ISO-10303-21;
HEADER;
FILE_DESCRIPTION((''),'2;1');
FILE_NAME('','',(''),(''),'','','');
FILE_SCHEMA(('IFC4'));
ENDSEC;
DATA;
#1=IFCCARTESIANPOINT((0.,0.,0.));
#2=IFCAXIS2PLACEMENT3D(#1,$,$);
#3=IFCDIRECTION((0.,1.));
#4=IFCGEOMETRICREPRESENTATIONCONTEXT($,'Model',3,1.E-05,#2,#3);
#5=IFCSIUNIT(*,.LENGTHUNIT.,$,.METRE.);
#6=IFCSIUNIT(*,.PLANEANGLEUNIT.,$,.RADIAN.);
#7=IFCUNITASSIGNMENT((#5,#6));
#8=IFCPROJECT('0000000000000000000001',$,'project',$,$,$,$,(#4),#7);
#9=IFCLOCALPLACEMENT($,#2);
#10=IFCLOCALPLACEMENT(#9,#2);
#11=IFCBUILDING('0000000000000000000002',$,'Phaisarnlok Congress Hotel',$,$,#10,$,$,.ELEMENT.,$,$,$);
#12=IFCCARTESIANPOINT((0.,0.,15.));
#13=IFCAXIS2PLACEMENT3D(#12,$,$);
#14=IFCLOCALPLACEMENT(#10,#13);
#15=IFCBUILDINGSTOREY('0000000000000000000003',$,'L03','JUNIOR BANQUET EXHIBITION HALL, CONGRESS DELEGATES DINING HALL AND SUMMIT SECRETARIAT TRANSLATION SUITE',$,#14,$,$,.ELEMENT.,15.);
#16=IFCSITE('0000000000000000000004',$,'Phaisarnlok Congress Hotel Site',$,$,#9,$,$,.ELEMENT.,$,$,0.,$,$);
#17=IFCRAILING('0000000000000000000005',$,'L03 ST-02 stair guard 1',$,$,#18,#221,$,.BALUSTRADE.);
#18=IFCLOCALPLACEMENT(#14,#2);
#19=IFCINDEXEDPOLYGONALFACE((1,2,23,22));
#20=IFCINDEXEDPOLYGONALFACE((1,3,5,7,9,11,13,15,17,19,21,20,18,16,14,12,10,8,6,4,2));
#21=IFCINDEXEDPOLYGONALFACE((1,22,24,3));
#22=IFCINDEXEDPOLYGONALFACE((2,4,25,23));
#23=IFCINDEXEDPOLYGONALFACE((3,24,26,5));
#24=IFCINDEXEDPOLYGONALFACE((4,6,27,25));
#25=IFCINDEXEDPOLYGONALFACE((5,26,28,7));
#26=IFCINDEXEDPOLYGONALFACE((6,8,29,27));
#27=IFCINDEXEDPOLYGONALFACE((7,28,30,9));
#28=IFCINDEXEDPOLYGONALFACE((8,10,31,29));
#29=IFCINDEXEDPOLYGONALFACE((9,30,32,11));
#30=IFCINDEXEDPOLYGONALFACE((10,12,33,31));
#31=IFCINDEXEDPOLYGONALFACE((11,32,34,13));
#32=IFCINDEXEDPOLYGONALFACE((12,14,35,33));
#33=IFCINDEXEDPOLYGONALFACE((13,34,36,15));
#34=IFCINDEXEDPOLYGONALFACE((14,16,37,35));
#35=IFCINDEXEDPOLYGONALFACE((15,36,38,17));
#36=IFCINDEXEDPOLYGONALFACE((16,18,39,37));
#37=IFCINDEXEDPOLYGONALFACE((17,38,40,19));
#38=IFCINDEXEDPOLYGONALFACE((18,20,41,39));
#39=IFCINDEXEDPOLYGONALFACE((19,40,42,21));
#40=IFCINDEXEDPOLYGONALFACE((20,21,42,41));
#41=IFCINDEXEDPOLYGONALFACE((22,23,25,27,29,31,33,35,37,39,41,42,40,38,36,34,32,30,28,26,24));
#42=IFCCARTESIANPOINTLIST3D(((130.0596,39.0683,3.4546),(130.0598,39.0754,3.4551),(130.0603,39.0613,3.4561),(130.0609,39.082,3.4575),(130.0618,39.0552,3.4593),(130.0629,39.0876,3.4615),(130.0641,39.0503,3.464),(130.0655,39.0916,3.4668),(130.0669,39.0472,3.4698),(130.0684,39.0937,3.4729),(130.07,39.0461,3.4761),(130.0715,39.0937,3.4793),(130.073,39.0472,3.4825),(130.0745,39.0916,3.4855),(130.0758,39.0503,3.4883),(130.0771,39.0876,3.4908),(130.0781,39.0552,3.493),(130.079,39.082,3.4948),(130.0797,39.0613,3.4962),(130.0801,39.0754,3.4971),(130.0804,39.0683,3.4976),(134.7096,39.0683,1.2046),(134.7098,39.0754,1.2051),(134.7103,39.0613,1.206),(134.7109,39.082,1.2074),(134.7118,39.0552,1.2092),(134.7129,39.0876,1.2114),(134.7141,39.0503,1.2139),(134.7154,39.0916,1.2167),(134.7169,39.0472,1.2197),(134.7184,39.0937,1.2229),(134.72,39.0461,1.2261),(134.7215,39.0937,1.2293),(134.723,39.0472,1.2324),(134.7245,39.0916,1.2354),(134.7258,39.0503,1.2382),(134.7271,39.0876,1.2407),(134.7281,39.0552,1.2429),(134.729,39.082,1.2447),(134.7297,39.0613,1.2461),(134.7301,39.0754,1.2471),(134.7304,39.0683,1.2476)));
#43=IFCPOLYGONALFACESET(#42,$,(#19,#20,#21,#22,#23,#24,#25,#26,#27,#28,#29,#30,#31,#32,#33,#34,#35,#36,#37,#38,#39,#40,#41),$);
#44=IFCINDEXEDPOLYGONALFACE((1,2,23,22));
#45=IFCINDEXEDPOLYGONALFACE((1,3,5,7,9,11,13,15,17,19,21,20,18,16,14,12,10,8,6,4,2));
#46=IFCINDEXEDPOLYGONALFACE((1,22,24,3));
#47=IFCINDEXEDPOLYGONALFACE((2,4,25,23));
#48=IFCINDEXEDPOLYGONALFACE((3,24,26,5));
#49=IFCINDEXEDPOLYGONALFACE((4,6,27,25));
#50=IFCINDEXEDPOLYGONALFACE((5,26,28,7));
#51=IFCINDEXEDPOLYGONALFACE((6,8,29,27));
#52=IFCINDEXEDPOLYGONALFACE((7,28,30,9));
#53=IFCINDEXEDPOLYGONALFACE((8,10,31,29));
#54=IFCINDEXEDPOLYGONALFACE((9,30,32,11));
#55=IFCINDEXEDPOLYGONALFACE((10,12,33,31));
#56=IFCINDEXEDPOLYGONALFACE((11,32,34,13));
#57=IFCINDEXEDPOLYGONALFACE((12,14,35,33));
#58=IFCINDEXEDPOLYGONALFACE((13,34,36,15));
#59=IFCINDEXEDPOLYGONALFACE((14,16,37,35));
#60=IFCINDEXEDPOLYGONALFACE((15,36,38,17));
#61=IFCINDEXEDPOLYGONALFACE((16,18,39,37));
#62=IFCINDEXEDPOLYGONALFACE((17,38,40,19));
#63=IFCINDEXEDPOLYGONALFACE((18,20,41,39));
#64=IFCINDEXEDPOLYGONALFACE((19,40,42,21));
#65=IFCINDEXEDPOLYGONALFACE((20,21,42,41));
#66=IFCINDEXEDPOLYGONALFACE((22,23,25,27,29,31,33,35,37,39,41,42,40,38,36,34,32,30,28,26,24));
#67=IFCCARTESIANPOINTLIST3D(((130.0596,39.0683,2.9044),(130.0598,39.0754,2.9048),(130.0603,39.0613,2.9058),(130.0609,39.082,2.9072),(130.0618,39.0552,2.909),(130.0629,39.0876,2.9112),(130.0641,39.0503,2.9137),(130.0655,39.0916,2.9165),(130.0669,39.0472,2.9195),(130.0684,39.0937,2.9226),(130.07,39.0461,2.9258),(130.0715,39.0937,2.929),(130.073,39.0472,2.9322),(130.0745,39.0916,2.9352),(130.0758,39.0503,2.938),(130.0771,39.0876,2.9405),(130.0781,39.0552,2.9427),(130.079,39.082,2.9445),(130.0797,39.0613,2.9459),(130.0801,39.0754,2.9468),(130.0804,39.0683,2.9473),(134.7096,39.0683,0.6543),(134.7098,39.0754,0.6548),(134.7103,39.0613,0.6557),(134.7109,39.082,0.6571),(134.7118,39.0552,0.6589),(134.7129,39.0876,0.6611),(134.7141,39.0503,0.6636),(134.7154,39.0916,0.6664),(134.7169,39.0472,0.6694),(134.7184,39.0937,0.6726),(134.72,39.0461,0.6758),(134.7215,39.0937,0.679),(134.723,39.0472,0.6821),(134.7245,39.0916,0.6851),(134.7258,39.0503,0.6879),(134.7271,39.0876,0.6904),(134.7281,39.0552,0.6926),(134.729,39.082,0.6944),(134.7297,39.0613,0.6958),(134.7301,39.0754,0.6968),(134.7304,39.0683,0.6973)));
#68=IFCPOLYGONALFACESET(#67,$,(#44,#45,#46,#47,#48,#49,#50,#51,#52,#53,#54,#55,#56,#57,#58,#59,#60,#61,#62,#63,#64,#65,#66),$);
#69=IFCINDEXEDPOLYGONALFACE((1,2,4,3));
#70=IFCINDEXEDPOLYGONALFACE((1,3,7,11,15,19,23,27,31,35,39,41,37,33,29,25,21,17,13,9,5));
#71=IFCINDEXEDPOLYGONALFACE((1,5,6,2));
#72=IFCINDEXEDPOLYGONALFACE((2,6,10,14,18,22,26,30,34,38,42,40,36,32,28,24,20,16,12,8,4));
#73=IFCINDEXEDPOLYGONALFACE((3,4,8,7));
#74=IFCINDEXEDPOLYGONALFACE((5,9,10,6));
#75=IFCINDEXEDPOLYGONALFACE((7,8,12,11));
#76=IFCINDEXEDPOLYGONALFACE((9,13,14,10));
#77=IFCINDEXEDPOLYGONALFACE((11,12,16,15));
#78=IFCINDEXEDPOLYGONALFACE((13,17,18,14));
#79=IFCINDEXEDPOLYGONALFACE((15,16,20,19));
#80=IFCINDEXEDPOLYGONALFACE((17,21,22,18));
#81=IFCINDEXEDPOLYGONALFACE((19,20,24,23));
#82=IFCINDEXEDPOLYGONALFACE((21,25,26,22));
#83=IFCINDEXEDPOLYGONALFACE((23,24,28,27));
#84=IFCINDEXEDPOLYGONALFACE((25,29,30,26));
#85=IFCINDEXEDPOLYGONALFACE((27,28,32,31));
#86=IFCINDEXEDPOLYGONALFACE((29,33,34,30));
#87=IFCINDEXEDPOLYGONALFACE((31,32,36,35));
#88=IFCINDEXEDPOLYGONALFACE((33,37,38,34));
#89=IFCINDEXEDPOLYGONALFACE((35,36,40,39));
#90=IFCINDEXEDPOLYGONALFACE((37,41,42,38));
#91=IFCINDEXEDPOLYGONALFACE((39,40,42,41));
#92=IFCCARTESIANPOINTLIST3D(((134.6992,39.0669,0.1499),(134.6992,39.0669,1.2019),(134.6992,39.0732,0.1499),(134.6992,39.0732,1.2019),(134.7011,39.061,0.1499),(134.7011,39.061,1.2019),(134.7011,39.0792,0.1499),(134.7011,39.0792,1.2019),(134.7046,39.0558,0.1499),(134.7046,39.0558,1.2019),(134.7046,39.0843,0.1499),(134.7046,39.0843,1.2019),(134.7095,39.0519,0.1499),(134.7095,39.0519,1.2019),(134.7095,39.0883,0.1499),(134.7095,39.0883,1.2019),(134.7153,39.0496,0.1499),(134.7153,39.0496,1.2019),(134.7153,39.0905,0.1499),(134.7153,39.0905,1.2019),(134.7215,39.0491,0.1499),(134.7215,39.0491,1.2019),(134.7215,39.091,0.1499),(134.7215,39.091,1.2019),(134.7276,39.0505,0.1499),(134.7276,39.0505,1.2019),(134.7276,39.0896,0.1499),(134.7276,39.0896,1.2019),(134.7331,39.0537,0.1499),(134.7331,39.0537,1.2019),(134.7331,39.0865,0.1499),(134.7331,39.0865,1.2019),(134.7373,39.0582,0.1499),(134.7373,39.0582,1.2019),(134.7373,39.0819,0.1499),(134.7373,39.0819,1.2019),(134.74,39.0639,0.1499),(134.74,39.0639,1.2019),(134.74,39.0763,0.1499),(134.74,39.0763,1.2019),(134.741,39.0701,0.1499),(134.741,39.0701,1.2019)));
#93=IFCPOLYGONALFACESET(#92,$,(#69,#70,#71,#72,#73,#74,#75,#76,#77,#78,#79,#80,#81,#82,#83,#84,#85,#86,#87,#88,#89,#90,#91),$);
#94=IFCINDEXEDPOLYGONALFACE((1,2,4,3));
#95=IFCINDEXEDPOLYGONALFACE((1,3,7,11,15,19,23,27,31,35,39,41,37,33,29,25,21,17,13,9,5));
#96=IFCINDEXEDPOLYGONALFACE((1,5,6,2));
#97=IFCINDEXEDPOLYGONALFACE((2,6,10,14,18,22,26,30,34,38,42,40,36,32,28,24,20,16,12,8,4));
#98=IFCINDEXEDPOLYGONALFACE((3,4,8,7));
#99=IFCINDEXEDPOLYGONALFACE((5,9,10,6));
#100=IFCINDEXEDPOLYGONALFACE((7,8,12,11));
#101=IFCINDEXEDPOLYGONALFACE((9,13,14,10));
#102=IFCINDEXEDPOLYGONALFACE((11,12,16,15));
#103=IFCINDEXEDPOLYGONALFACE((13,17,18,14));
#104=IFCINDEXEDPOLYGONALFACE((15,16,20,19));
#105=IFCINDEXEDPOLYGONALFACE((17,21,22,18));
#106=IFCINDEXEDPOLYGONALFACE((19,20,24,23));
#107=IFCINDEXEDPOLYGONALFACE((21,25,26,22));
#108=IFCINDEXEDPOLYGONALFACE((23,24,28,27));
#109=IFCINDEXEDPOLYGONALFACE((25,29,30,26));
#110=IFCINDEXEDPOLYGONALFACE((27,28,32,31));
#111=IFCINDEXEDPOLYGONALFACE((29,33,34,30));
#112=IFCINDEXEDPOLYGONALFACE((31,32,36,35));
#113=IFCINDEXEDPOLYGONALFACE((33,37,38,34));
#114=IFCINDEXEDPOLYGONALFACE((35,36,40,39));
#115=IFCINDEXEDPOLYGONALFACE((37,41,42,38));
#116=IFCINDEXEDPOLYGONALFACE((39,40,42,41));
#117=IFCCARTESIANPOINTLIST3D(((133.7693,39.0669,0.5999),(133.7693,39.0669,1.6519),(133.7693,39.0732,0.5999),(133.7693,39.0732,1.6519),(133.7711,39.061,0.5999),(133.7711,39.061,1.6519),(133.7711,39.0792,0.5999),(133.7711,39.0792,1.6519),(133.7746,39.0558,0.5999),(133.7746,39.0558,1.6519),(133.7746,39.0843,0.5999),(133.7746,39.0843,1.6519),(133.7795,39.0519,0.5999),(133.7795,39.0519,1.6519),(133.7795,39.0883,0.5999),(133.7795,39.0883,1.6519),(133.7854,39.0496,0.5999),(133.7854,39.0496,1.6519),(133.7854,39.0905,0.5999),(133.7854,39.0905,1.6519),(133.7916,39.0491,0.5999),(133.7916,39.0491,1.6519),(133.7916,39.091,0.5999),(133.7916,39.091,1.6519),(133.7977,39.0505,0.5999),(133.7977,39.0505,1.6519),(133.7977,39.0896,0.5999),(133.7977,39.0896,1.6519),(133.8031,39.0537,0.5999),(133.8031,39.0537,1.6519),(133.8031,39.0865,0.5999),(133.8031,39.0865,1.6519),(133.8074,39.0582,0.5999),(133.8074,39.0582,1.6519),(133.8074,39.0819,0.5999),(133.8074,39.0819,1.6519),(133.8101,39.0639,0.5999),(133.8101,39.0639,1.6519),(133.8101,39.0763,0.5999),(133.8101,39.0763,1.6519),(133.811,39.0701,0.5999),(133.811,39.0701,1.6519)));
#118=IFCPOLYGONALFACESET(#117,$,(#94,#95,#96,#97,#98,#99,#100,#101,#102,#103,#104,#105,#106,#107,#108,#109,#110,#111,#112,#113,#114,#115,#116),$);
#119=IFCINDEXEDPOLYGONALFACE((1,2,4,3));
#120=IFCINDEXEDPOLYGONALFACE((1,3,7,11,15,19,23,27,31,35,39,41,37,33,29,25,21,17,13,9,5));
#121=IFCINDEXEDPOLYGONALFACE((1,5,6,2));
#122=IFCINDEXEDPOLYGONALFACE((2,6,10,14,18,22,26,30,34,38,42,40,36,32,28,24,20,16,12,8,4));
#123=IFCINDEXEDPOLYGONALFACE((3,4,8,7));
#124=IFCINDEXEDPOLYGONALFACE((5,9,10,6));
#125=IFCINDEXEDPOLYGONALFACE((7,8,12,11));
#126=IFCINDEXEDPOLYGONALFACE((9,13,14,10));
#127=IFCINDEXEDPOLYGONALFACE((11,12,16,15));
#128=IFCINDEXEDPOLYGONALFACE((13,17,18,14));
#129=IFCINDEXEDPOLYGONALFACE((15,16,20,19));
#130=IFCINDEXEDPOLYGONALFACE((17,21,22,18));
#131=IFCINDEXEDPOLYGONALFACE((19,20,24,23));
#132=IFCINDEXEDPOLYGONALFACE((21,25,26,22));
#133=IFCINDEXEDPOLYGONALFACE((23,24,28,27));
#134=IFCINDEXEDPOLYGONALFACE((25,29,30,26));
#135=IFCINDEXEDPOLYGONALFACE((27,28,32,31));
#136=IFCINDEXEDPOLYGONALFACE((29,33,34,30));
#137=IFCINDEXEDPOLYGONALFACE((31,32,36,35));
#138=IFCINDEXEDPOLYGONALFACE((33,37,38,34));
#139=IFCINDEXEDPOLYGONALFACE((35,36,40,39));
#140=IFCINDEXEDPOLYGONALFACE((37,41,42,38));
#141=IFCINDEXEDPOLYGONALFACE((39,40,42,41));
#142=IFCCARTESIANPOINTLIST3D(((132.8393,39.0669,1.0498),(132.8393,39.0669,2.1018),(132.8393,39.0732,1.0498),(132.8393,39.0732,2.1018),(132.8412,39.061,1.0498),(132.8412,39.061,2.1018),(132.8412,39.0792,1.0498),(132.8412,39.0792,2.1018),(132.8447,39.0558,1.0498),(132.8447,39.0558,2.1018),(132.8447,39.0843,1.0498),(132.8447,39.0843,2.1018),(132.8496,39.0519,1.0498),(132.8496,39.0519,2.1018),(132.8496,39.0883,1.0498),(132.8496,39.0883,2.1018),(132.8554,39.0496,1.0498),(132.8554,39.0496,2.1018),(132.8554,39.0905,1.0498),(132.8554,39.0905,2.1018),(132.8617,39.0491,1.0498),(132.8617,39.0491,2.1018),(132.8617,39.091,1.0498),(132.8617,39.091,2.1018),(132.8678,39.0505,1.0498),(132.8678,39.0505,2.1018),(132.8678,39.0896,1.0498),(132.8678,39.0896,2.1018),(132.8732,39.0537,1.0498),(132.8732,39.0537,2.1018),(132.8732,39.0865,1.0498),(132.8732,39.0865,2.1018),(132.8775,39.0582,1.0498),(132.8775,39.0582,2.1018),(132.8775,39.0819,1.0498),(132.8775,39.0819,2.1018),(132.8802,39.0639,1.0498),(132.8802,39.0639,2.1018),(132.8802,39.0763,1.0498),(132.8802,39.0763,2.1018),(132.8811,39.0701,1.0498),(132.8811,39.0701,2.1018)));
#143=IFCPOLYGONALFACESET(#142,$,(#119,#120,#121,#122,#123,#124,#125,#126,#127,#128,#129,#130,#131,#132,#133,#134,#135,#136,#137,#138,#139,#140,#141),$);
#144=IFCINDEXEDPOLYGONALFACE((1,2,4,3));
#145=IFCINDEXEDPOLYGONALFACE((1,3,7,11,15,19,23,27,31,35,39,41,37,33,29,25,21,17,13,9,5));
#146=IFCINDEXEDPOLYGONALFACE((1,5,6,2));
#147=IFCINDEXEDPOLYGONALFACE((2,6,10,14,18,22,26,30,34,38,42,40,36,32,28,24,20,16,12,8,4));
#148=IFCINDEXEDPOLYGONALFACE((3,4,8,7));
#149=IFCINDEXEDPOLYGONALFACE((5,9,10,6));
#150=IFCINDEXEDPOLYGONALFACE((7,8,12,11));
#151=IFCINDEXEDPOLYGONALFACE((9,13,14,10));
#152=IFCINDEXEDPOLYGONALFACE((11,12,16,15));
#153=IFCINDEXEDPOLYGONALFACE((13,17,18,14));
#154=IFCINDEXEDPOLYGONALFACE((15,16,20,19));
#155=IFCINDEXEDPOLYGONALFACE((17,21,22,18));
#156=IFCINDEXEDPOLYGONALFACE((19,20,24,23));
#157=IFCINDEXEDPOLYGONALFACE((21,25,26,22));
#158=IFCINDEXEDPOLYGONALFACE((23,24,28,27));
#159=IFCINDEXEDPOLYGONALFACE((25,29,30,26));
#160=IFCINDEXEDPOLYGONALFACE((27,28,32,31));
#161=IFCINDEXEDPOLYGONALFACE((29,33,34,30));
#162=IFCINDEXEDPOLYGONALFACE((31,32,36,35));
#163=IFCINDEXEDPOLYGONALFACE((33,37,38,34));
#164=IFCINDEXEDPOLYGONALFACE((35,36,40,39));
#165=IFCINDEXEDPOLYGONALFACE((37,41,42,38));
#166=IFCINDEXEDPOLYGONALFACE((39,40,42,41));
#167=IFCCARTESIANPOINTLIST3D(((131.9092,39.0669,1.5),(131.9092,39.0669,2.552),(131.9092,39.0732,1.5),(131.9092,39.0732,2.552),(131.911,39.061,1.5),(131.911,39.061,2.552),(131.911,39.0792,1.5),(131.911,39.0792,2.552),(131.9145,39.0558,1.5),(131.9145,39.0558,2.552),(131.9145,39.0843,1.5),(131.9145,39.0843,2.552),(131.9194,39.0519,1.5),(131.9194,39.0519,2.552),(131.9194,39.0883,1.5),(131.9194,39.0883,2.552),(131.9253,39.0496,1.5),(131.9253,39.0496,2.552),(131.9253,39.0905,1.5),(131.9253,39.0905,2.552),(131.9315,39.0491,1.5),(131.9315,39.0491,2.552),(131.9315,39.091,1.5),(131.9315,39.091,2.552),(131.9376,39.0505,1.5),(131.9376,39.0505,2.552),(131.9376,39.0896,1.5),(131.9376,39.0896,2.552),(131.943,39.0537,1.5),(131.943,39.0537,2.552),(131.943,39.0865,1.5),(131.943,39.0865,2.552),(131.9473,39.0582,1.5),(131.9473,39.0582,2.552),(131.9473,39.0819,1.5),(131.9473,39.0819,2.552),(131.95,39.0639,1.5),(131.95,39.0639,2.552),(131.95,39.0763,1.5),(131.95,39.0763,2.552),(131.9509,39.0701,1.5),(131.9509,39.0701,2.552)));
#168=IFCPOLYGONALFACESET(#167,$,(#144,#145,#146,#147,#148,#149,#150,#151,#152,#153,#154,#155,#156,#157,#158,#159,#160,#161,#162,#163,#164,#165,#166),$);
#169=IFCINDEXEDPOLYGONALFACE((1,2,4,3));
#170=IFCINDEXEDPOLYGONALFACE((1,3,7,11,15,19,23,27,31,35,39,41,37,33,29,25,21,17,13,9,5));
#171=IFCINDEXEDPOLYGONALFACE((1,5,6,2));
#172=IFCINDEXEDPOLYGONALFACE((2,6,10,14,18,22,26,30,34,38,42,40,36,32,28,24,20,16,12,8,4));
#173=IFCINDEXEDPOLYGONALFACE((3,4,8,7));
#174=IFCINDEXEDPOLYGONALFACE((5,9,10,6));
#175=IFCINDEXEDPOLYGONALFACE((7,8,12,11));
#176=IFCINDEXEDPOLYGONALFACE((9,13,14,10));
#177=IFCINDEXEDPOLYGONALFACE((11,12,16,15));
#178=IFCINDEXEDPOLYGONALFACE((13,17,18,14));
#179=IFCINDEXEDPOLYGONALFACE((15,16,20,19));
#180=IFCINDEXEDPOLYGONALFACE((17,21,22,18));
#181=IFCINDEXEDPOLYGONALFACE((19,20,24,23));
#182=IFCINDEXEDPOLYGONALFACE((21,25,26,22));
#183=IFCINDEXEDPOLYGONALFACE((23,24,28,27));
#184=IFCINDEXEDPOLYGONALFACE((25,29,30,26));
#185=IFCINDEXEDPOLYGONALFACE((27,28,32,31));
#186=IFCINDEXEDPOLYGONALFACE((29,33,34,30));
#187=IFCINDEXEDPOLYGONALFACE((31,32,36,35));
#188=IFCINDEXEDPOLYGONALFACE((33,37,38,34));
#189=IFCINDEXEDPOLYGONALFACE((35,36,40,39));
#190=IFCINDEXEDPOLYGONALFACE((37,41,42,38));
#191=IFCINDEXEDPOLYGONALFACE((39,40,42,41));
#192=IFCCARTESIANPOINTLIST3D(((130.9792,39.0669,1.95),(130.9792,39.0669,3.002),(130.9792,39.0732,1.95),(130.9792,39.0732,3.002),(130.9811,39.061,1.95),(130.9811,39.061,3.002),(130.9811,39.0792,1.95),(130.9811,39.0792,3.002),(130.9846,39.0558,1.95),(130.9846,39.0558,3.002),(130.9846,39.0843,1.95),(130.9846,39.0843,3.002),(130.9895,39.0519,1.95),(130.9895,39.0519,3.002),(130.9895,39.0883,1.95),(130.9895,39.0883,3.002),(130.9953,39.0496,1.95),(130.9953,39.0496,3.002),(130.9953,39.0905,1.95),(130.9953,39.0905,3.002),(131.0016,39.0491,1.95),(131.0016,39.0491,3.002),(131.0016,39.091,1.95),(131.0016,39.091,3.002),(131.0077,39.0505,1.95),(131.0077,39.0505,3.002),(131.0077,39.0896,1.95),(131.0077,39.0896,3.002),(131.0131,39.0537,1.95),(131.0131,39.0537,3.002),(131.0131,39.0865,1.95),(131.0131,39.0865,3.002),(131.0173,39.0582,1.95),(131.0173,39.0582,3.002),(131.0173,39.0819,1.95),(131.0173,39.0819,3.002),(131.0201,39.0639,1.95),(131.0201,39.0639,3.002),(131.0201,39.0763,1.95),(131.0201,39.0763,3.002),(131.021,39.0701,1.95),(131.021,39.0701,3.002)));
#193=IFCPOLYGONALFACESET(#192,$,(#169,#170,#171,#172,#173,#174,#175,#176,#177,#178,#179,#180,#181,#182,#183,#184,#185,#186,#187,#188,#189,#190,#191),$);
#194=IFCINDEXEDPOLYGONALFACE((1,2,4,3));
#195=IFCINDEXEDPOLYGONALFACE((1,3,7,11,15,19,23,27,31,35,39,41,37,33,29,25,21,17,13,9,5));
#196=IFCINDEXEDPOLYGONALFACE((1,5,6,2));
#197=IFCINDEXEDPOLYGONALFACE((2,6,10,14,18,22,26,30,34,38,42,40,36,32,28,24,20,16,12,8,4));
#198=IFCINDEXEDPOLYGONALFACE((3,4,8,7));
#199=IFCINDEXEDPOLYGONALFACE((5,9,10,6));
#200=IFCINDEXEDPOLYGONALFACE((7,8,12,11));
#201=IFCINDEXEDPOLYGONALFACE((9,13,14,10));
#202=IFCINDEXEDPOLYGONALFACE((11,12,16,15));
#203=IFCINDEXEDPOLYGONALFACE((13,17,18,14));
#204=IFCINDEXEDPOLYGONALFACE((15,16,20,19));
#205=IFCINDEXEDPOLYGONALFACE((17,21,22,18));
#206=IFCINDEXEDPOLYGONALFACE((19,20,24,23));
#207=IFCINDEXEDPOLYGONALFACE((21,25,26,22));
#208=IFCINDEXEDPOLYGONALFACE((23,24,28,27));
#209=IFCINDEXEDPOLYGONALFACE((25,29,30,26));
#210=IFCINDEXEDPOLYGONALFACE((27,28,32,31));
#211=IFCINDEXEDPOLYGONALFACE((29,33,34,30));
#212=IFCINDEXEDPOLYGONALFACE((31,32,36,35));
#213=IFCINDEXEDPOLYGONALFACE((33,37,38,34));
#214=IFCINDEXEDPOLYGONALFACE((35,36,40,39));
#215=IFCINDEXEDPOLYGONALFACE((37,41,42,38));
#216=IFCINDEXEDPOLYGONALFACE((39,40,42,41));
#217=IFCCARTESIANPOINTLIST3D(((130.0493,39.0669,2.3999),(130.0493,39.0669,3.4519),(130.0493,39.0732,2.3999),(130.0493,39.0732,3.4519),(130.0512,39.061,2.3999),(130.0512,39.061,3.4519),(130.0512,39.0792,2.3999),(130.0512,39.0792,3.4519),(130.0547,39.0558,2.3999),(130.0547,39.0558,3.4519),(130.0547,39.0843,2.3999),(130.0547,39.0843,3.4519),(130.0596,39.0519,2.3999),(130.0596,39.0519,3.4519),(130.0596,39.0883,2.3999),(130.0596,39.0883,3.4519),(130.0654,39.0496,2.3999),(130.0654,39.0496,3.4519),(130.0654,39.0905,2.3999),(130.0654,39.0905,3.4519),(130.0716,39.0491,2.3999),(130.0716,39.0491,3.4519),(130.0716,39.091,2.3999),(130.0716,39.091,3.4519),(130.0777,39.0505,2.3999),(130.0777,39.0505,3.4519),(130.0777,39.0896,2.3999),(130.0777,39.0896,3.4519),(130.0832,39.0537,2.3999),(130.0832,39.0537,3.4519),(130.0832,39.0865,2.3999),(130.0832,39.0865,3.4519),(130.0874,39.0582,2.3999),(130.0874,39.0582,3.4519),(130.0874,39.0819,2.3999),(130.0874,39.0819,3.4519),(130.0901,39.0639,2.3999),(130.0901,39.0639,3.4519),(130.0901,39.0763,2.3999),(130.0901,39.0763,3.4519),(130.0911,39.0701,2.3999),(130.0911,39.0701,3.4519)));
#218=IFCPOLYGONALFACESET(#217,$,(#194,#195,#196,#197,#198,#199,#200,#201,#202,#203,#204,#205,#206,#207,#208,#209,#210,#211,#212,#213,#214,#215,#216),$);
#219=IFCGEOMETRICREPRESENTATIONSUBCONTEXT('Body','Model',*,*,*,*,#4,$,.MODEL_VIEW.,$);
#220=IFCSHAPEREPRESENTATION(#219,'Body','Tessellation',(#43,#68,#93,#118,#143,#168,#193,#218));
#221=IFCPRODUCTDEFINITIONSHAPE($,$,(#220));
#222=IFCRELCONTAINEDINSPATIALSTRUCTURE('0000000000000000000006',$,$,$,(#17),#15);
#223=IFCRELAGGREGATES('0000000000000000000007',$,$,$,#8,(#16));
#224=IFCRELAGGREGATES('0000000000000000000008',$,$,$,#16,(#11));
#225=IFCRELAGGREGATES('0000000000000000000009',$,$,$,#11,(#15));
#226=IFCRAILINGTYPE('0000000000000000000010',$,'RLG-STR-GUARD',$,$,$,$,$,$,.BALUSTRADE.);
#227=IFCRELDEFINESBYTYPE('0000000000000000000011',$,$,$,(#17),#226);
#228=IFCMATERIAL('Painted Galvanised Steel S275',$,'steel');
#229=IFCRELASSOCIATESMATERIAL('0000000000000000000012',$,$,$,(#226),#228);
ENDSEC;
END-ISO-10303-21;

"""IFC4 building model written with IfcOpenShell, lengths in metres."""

from ifc_helpers import new_model, si_unit, direction, frame, origin, origin_2d, place, context, subcontext, project, spatial, circle, extrude, material, type_object, element, save


model = new_model("IFC4")

# Units and contexts
model_context = context("Model", 3, precision=1e-05, world=origin(), true_north=direction((0.0, 1.0)))
body_context = subcontext(model_context, "Body", "Model", "MODEL_VIEW")
ifc_project = project(units=[si_unit("LENGTHUNIT", "METRE"), si_unit("PLANEANGLEUNIT", "RADIAN")], contexts=[model_context])

# Site, building, storey
site_placement = place(None, origin())
site = spatial("IfcSite", under=ifc_project, at=site_placement, Name="Phaisarnlok Congress Hotel Site", CompositionType="ELEMENT", RefElevation=0.0)
building_placement = place(site_placement, origin())
building = spatial("IfcBuilding", under=site, at=building_placement, Name="Phaisarnlok Congress Hotel", CompositionType="ELEMENT")
storey_placement = place(building_placement, frame((0.0, 0.0, 15.0)))
storey = spatial("IfcBuildingStorey", under=building, at=storey_placement, Name="L03", Description="JUNIOR BANQUET EXHIBITION HALL, CONGRESS DELEGATES DINING HALL AND SUMMIT SECRETARIAT TRANSLATION SUITE", CompositionType="ELEMENT", Elevation=15.0)

# Railing
ifc_material_1 = material(Name="Painted Galvanised Steel S275", Category="steel")
railing_type_1 = type_object("IfcRailingType", Name="RLG-STR-GUARD", PredefinedType="BALUSTRADE", material=ifc_material_1)
railing_1_placement = place(storey_placement, frame((134.72, 39.0701, 0.1499)))
element("IfcRailing", 1, at=railing_1_placement, inside=storey, type_object=railing_type_1, Name="L03 ST-02 stair guard 1", PredefinedType="BALUSTRADE", context=body_context, shape_type="SweptSolid", body=[
    extrude(circle(Radius=0.0239, at=origin_2d()), frame((0.0, 0.0, 1.0762), z_axis=(-0.900156, 0.0, 0.435568), x_axis=(0.0, -1.0, 0.0)), (0.0, 0.0, 1.0), 5.1658),
    extrude(circle(Radius=0.0239, at=origin_2d()), frame((0.0, 0.0, 0.5259), z_axis=(-0.900156, 0.0, 0.435568), x_axis=(0.0, -1.0, 0.0)), (0.0, 0.0, 1.0), 5.1658),
    extrude(circle(Radius=0.021, at=origin_2d()), origin(), (0.0, 0.0, 1.0), 1.052),
    extrude(circle(Radius=0.021, at=origin_2d()), frame((-0.9299, 0.0, 0.45)), (0.0, 0.0, 1.0), 1.052),
    extrude(circle(Radius=0.021, at=origin_2d()), frame((-1.8599, 0.0, 0.8999)), (0.0, 0.0, 1.0), 1.052),
    extrude(circle(Radius=0.021, at=origin_2d()), frame((-2.79, 0.0, 1.3501)), (0.0, 0.0, 1.0), 1.052),
    extrude(circle(Radius=0.021, at=origin_2d()), frame((-3.72, 0.0, 1.8)), (0.0, 0.0, 1.0), 1.052),
    extrude(circle(Radius=0.021, at=origin_2d()), frame((-4.6499, 0.0, 2.25)), (0.0, 0.0, 1.0), 1.052),
])

save(model, "model.ifc")
